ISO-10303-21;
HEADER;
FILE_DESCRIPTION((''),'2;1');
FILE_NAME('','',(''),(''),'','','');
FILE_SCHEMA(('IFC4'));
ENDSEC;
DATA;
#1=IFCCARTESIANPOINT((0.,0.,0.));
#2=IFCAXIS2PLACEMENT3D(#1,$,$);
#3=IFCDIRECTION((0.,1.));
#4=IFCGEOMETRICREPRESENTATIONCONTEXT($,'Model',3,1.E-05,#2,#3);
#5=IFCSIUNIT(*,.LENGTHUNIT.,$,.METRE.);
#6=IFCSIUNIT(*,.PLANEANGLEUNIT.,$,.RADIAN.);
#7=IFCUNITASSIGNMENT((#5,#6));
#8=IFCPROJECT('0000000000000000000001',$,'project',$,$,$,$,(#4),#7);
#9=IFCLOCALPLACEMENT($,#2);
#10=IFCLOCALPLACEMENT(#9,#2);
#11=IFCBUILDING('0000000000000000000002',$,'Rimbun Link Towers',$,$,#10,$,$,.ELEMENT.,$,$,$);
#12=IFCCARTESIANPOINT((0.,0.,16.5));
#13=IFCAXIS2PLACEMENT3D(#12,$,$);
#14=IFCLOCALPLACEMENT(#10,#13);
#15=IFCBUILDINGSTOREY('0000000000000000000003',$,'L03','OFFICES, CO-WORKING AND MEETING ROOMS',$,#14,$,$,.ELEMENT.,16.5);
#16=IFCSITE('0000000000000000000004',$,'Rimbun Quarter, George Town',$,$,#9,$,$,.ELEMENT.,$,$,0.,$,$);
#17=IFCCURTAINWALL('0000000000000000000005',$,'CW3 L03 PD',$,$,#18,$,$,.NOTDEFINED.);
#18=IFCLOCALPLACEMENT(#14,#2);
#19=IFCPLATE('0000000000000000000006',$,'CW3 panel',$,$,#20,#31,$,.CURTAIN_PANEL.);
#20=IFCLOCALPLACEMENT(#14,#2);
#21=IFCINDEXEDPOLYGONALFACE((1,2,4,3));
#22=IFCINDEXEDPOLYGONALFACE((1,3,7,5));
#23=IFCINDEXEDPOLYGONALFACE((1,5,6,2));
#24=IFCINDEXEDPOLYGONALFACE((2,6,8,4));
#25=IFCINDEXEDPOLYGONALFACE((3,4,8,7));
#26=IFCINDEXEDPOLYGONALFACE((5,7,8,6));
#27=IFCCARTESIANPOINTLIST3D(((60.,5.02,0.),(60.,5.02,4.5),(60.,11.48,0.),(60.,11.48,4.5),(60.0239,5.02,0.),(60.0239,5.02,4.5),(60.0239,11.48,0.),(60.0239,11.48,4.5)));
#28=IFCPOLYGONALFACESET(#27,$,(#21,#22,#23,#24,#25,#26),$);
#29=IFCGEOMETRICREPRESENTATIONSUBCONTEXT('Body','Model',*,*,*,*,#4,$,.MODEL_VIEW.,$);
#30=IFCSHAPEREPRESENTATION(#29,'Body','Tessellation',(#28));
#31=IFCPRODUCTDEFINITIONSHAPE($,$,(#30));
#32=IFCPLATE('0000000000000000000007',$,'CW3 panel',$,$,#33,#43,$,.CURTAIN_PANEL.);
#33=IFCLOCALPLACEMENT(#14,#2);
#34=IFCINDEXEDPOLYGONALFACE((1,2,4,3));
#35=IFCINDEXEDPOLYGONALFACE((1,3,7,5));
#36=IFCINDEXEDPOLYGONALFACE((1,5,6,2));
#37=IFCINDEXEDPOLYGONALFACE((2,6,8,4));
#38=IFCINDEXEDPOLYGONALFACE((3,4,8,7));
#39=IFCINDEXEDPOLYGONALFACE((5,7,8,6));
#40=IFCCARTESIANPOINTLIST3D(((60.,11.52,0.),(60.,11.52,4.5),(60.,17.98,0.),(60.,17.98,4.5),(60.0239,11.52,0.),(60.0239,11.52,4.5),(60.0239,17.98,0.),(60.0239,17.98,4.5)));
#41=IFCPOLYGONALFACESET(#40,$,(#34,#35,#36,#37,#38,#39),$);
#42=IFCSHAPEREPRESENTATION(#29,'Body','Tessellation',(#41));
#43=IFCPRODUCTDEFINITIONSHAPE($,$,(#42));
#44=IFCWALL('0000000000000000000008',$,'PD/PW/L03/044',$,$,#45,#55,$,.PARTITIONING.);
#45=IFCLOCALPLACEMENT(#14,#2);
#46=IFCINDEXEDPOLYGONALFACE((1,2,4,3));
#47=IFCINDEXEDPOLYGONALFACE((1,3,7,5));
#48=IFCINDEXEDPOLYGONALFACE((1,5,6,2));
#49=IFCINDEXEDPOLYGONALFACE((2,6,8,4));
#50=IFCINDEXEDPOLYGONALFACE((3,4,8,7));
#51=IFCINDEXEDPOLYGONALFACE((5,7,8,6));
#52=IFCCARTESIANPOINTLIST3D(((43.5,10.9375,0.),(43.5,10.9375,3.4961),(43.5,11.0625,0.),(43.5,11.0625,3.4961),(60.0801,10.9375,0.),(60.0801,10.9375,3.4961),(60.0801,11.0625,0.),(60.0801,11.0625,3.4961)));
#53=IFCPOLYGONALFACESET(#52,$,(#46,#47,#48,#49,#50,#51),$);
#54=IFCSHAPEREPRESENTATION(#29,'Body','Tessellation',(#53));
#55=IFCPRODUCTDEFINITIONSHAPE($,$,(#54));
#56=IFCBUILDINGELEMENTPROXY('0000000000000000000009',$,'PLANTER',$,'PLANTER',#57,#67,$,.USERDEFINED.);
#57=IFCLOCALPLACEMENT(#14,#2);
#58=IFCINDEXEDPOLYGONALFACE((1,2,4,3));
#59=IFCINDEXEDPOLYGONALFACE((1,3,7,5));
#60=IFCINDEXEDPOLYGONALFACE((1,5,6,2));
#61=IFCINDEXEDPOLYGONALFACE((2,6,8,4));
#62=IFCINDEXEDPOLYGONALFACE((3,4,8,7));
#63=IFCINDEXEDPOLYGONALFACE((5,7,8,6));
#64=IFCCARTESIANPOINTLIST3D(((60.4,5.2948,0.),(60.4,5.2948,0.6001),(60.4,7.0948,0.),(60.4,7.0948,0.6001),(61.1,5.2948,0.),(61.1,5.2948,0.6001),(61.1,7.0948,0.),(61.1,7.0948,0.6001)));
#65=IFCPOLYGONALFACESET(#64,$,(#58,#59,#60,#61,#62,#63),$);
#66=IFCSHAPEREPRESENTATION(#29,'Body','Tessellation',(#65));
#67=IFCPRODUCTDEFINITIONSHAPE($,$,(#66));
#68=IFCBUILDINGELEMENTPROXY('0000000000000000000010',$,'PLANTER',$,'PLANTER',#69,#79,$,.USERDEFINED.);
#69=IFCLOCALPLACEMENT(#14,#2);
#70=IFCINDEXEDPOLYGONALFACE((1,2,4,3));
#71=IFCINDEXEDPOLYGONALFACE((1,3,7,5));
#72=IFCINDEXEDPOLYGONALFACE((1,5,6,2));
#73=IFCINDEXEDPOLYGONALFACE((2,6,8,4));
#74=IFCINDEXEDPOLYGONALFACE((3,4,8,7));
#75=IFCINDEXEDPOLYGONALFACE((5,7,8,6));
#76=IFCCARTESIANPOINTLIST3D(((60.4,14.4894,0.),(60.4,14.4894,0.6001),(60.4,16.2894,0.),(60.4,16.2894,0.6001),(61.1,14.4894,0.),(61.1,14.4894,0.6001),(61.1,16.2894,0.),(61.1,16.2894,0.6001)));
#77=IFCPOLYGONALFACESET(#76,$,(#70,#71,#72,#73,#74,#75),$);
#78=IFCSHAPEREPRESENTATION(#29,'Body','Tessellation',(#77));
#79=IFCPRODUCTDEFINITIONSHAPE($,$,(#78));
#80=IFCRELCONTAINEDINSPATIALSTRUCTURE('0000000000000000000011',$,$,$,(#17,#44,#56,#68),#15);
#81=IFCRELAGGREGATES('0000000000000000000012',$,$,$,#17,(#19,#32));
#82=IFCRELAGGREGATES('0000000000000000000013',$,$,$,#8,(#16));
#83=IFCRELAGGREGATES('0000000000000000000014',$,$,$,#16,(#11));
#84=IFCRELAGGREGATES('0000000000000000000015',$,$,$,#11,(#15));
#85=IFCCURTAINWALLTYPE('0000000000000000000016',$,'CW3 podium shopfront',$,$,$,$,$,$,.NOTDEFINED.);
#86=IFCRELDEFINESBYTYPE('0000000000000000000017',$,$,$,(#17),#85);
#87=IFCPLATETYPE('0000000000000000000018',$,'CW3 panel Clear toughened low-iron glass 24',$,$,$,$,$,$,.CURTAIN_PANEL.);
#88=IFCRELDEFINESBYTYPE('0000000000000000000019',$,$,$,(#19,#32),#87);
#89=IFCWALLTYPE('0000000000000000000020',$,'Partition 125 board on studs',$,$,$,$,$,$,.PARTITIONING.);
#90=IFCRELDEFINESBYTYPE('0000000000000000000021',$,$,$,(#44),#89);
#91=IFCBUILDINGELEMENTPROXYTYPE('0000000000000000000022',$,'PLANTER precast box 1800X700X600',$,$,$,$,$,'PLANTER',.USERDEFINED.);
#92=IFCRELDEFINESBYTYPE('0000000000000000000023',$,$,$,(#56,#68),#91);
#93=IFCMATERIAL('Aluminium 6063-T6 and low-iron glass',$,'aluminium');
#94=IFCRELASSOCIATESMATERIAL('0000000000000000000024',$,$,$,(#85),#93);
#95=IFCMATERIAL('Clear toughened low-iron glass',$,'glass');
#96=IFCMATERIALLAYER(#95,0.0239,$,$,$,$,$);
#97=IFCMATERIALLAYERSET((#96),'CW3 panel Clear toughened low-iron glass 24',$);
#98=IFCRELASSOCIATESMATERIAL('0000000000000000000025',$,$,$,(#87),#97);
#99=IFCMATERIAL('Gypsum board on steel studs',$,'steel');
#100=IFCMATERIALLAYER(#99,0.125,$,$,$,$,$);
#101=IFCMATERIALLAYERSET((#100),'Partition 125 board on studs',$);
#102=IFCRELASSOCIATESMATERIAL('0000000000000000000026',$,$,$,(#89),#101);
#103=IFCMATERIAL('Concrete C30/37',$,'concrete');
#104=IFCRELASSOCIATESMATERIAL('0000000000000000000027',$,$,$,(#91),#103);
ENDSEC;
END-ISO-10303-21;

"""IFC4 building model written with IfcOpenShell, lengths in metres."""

from ifc_helpers import new_model, si_unit, direction, frame, frame_2d, origin, origin_2d, place, context, subcontext, project, spatial, rectangle, extrude, material, layer, layer_set, type_object, element, aggregate, save


model = new_model("IFC4")

# Units and contexts
model_context = context("Model", 3, precision=1e-05, world=origin(), true_north=direction((0.0, 1.0)))
body_context = subcontext(model_context, "Body", "Model", "MODEL_VIEW")
ifc_project = project(units=[si_unit("LENGTHUNIT", "METRE"), si_unit("PLANEANGLEUNIT", "RADIAN")], contexts=[model_context])

# Site, building, storey
site_placement = place(None, origin())
site = spatial("IfcSite", under=ifc_project, at=site_placement, Name="Rimbun Quarter, George Town", CompositionType="ELEMENT", RefElevation=0.0)
building_placement = place(site_placement, origin())
building = spatial("IfcBuilding", under=site, at=building_placement, Name="Rimbun Link Towers", CompositionType="ELEMENT")
storey_placement = place(building_placement, frame((0.0, 0.0, 16.5)))
storey = spatial("IfcBuildingStorey", under=building, at=storey_placement, Name="L03", Description="OFFICES, CO-WORKING AND MEETING ROOMS", CompositionType="ELEMENT", Elevation=16.5)

# Curtain wall
ifc_material_1 = material(Name="Aluminium 6063-T6 and low-iron glass", Category="aluminium")
curtain_wall_type = type_object("IfcCurtainWallType", Name="CW3 podium shopfront", PredefinedType="NOTDEFINED", material=ifc_material_1)
curtain_wall_placement = place(storey_placement, origin())
curtain_wall = element("IfcCurtainWall", 1, at=curtain_wall_placement, inside=storey, type_object=curtain_wall_type, Name="CW3 L03 PD", PredefinedType="NOTDEFINED")

# Plates
ifc_material_2 = material(Name="Clear toughened low-iron glass", Category="glass")
ifc_layer_1 = layer(ifc_material_2, 0.0239)
ifc_layer_set_1 = layer_set([ifc_layer_1], Name="CW3 panel Clear toughened low-iron glass 24")
plate_type = type_object("IfcPlateType", Name="CW3 panel Clear toughened low-iron glass 24", PredefinedType="CURTAIN_PANEL", material=ifc_layer_set_1)
plate_1_placement = place(storey_placement, frame((60.012, 8.25, 0.0), z_axis=(0.0, 0.0, 1.0), x_axis=(0.0, -1.0, 0.0)))
plate_1 = element("IfcPlate", 2, at=plate_1_placement, type_object=plate_type, Name="CW3 panel", PredefinedType="CURTAIN_PANEL", context=body_context, shape_type="SweptSolid", body=[
    extrude(rectangle(XDim=6.46, YDim=0.0239, at=origin_2d()), origin(), (0.0, 0.0, 1.0), 4.5),
])
plate_2_placement = place(storey_placement, frame((60.012, 14.75, 0.0), z_axis=(0.0, 0.0, 1.0), x_axis=(0.0, -1.0, 0.0)))
plate_2 = element("IfcPlate", 3, at=plate_2_placement, type_object=plate_type, Name="CW3 panel", PredefinedType="CURTAIN_PANEL", context=body_context, shape_type="SweptSolid", body=[
    extrude(rectangle(XDim=6.46, YDim=0.0239, at=origin_2d()), origin(), (0.0, 0.0, 1.0), 4.5),
])
aggregate(curtain_wall, [plate_1, plate_2])

# Wall
ifc_material_3 = material(Name="Gypsum board on steel studs", Category="steel")
ifc_layer_2 = layer(ifc_material_3, 0.125)
ifc_layer_set_2 = layer_set([ifc_layer_2], Name="Partition 125 board on studs")
wall_type = type_object("IfcWallType", Name="Partition 125 board on studs", PredefinedType="PARTITIONING", material=ifc_layer_set_2)
wall_placement = place(storey_placement, frame((60.0801, 11.0, 0.0), z_axis=(0.0, 0.0, 1.0), x_axis=(-1.0, 0.0, 0.0)))
element("IfcWall", 4, at=wall_placement, inside=storey, type_object=wall_type, Name="PD/PW/L03/044", PredefinedType="PARTITIONING", context=body_context, shape_type="SweptSolid", body=[
    extrude(rectangle(XDim=16.5801, YDim=0.125, at=frame_2d((8.29, 0.0))), origin(), (0.0, 0.0, 1.0), 3.4961),
])

# Building element proxies
ifc_material_4 = material(Name="Concrete C30/37", Category="concrete")
building_element_proxy_type = type_object("IfcBuildingElementProxyType", Name="PLANTER precast box 1800X700X600", ElementType="PLANTER", PredefinedType="USERDEFINED", material=ifc_material_4)
for number, where, z_axis, x_axis, name in (
    (5, (60.75, 6.1948, 0.0), (0.0, 0.0, 1.0), (0.0, 1.0, 0.0), "PLANTER"),
    (6, (60.75, 15.3894, 0.0), (0.0, 0.0, 1.0), (0.0, 1.0, 0.0), "PLANTER"),
):
    element("IfcBuildingElementProxy", number, at=place(storey_placement, frame(where, z_axis=z_axis, x_axis=x_axis)), inside=storey, type_object=building_element_proxy_type, Name=name, ObjectType="PLANTER", PredefinedType="USERDEFINED", context=body_context, shape_type="SweptSolid", body=[
        extrude(rectangle(XDim=1.8, YDim=0.7, at=origin_2d()), origin(), (0.0, 0.0, 1.0), 0.6001),
    ])

save(model, "model.ifc")
